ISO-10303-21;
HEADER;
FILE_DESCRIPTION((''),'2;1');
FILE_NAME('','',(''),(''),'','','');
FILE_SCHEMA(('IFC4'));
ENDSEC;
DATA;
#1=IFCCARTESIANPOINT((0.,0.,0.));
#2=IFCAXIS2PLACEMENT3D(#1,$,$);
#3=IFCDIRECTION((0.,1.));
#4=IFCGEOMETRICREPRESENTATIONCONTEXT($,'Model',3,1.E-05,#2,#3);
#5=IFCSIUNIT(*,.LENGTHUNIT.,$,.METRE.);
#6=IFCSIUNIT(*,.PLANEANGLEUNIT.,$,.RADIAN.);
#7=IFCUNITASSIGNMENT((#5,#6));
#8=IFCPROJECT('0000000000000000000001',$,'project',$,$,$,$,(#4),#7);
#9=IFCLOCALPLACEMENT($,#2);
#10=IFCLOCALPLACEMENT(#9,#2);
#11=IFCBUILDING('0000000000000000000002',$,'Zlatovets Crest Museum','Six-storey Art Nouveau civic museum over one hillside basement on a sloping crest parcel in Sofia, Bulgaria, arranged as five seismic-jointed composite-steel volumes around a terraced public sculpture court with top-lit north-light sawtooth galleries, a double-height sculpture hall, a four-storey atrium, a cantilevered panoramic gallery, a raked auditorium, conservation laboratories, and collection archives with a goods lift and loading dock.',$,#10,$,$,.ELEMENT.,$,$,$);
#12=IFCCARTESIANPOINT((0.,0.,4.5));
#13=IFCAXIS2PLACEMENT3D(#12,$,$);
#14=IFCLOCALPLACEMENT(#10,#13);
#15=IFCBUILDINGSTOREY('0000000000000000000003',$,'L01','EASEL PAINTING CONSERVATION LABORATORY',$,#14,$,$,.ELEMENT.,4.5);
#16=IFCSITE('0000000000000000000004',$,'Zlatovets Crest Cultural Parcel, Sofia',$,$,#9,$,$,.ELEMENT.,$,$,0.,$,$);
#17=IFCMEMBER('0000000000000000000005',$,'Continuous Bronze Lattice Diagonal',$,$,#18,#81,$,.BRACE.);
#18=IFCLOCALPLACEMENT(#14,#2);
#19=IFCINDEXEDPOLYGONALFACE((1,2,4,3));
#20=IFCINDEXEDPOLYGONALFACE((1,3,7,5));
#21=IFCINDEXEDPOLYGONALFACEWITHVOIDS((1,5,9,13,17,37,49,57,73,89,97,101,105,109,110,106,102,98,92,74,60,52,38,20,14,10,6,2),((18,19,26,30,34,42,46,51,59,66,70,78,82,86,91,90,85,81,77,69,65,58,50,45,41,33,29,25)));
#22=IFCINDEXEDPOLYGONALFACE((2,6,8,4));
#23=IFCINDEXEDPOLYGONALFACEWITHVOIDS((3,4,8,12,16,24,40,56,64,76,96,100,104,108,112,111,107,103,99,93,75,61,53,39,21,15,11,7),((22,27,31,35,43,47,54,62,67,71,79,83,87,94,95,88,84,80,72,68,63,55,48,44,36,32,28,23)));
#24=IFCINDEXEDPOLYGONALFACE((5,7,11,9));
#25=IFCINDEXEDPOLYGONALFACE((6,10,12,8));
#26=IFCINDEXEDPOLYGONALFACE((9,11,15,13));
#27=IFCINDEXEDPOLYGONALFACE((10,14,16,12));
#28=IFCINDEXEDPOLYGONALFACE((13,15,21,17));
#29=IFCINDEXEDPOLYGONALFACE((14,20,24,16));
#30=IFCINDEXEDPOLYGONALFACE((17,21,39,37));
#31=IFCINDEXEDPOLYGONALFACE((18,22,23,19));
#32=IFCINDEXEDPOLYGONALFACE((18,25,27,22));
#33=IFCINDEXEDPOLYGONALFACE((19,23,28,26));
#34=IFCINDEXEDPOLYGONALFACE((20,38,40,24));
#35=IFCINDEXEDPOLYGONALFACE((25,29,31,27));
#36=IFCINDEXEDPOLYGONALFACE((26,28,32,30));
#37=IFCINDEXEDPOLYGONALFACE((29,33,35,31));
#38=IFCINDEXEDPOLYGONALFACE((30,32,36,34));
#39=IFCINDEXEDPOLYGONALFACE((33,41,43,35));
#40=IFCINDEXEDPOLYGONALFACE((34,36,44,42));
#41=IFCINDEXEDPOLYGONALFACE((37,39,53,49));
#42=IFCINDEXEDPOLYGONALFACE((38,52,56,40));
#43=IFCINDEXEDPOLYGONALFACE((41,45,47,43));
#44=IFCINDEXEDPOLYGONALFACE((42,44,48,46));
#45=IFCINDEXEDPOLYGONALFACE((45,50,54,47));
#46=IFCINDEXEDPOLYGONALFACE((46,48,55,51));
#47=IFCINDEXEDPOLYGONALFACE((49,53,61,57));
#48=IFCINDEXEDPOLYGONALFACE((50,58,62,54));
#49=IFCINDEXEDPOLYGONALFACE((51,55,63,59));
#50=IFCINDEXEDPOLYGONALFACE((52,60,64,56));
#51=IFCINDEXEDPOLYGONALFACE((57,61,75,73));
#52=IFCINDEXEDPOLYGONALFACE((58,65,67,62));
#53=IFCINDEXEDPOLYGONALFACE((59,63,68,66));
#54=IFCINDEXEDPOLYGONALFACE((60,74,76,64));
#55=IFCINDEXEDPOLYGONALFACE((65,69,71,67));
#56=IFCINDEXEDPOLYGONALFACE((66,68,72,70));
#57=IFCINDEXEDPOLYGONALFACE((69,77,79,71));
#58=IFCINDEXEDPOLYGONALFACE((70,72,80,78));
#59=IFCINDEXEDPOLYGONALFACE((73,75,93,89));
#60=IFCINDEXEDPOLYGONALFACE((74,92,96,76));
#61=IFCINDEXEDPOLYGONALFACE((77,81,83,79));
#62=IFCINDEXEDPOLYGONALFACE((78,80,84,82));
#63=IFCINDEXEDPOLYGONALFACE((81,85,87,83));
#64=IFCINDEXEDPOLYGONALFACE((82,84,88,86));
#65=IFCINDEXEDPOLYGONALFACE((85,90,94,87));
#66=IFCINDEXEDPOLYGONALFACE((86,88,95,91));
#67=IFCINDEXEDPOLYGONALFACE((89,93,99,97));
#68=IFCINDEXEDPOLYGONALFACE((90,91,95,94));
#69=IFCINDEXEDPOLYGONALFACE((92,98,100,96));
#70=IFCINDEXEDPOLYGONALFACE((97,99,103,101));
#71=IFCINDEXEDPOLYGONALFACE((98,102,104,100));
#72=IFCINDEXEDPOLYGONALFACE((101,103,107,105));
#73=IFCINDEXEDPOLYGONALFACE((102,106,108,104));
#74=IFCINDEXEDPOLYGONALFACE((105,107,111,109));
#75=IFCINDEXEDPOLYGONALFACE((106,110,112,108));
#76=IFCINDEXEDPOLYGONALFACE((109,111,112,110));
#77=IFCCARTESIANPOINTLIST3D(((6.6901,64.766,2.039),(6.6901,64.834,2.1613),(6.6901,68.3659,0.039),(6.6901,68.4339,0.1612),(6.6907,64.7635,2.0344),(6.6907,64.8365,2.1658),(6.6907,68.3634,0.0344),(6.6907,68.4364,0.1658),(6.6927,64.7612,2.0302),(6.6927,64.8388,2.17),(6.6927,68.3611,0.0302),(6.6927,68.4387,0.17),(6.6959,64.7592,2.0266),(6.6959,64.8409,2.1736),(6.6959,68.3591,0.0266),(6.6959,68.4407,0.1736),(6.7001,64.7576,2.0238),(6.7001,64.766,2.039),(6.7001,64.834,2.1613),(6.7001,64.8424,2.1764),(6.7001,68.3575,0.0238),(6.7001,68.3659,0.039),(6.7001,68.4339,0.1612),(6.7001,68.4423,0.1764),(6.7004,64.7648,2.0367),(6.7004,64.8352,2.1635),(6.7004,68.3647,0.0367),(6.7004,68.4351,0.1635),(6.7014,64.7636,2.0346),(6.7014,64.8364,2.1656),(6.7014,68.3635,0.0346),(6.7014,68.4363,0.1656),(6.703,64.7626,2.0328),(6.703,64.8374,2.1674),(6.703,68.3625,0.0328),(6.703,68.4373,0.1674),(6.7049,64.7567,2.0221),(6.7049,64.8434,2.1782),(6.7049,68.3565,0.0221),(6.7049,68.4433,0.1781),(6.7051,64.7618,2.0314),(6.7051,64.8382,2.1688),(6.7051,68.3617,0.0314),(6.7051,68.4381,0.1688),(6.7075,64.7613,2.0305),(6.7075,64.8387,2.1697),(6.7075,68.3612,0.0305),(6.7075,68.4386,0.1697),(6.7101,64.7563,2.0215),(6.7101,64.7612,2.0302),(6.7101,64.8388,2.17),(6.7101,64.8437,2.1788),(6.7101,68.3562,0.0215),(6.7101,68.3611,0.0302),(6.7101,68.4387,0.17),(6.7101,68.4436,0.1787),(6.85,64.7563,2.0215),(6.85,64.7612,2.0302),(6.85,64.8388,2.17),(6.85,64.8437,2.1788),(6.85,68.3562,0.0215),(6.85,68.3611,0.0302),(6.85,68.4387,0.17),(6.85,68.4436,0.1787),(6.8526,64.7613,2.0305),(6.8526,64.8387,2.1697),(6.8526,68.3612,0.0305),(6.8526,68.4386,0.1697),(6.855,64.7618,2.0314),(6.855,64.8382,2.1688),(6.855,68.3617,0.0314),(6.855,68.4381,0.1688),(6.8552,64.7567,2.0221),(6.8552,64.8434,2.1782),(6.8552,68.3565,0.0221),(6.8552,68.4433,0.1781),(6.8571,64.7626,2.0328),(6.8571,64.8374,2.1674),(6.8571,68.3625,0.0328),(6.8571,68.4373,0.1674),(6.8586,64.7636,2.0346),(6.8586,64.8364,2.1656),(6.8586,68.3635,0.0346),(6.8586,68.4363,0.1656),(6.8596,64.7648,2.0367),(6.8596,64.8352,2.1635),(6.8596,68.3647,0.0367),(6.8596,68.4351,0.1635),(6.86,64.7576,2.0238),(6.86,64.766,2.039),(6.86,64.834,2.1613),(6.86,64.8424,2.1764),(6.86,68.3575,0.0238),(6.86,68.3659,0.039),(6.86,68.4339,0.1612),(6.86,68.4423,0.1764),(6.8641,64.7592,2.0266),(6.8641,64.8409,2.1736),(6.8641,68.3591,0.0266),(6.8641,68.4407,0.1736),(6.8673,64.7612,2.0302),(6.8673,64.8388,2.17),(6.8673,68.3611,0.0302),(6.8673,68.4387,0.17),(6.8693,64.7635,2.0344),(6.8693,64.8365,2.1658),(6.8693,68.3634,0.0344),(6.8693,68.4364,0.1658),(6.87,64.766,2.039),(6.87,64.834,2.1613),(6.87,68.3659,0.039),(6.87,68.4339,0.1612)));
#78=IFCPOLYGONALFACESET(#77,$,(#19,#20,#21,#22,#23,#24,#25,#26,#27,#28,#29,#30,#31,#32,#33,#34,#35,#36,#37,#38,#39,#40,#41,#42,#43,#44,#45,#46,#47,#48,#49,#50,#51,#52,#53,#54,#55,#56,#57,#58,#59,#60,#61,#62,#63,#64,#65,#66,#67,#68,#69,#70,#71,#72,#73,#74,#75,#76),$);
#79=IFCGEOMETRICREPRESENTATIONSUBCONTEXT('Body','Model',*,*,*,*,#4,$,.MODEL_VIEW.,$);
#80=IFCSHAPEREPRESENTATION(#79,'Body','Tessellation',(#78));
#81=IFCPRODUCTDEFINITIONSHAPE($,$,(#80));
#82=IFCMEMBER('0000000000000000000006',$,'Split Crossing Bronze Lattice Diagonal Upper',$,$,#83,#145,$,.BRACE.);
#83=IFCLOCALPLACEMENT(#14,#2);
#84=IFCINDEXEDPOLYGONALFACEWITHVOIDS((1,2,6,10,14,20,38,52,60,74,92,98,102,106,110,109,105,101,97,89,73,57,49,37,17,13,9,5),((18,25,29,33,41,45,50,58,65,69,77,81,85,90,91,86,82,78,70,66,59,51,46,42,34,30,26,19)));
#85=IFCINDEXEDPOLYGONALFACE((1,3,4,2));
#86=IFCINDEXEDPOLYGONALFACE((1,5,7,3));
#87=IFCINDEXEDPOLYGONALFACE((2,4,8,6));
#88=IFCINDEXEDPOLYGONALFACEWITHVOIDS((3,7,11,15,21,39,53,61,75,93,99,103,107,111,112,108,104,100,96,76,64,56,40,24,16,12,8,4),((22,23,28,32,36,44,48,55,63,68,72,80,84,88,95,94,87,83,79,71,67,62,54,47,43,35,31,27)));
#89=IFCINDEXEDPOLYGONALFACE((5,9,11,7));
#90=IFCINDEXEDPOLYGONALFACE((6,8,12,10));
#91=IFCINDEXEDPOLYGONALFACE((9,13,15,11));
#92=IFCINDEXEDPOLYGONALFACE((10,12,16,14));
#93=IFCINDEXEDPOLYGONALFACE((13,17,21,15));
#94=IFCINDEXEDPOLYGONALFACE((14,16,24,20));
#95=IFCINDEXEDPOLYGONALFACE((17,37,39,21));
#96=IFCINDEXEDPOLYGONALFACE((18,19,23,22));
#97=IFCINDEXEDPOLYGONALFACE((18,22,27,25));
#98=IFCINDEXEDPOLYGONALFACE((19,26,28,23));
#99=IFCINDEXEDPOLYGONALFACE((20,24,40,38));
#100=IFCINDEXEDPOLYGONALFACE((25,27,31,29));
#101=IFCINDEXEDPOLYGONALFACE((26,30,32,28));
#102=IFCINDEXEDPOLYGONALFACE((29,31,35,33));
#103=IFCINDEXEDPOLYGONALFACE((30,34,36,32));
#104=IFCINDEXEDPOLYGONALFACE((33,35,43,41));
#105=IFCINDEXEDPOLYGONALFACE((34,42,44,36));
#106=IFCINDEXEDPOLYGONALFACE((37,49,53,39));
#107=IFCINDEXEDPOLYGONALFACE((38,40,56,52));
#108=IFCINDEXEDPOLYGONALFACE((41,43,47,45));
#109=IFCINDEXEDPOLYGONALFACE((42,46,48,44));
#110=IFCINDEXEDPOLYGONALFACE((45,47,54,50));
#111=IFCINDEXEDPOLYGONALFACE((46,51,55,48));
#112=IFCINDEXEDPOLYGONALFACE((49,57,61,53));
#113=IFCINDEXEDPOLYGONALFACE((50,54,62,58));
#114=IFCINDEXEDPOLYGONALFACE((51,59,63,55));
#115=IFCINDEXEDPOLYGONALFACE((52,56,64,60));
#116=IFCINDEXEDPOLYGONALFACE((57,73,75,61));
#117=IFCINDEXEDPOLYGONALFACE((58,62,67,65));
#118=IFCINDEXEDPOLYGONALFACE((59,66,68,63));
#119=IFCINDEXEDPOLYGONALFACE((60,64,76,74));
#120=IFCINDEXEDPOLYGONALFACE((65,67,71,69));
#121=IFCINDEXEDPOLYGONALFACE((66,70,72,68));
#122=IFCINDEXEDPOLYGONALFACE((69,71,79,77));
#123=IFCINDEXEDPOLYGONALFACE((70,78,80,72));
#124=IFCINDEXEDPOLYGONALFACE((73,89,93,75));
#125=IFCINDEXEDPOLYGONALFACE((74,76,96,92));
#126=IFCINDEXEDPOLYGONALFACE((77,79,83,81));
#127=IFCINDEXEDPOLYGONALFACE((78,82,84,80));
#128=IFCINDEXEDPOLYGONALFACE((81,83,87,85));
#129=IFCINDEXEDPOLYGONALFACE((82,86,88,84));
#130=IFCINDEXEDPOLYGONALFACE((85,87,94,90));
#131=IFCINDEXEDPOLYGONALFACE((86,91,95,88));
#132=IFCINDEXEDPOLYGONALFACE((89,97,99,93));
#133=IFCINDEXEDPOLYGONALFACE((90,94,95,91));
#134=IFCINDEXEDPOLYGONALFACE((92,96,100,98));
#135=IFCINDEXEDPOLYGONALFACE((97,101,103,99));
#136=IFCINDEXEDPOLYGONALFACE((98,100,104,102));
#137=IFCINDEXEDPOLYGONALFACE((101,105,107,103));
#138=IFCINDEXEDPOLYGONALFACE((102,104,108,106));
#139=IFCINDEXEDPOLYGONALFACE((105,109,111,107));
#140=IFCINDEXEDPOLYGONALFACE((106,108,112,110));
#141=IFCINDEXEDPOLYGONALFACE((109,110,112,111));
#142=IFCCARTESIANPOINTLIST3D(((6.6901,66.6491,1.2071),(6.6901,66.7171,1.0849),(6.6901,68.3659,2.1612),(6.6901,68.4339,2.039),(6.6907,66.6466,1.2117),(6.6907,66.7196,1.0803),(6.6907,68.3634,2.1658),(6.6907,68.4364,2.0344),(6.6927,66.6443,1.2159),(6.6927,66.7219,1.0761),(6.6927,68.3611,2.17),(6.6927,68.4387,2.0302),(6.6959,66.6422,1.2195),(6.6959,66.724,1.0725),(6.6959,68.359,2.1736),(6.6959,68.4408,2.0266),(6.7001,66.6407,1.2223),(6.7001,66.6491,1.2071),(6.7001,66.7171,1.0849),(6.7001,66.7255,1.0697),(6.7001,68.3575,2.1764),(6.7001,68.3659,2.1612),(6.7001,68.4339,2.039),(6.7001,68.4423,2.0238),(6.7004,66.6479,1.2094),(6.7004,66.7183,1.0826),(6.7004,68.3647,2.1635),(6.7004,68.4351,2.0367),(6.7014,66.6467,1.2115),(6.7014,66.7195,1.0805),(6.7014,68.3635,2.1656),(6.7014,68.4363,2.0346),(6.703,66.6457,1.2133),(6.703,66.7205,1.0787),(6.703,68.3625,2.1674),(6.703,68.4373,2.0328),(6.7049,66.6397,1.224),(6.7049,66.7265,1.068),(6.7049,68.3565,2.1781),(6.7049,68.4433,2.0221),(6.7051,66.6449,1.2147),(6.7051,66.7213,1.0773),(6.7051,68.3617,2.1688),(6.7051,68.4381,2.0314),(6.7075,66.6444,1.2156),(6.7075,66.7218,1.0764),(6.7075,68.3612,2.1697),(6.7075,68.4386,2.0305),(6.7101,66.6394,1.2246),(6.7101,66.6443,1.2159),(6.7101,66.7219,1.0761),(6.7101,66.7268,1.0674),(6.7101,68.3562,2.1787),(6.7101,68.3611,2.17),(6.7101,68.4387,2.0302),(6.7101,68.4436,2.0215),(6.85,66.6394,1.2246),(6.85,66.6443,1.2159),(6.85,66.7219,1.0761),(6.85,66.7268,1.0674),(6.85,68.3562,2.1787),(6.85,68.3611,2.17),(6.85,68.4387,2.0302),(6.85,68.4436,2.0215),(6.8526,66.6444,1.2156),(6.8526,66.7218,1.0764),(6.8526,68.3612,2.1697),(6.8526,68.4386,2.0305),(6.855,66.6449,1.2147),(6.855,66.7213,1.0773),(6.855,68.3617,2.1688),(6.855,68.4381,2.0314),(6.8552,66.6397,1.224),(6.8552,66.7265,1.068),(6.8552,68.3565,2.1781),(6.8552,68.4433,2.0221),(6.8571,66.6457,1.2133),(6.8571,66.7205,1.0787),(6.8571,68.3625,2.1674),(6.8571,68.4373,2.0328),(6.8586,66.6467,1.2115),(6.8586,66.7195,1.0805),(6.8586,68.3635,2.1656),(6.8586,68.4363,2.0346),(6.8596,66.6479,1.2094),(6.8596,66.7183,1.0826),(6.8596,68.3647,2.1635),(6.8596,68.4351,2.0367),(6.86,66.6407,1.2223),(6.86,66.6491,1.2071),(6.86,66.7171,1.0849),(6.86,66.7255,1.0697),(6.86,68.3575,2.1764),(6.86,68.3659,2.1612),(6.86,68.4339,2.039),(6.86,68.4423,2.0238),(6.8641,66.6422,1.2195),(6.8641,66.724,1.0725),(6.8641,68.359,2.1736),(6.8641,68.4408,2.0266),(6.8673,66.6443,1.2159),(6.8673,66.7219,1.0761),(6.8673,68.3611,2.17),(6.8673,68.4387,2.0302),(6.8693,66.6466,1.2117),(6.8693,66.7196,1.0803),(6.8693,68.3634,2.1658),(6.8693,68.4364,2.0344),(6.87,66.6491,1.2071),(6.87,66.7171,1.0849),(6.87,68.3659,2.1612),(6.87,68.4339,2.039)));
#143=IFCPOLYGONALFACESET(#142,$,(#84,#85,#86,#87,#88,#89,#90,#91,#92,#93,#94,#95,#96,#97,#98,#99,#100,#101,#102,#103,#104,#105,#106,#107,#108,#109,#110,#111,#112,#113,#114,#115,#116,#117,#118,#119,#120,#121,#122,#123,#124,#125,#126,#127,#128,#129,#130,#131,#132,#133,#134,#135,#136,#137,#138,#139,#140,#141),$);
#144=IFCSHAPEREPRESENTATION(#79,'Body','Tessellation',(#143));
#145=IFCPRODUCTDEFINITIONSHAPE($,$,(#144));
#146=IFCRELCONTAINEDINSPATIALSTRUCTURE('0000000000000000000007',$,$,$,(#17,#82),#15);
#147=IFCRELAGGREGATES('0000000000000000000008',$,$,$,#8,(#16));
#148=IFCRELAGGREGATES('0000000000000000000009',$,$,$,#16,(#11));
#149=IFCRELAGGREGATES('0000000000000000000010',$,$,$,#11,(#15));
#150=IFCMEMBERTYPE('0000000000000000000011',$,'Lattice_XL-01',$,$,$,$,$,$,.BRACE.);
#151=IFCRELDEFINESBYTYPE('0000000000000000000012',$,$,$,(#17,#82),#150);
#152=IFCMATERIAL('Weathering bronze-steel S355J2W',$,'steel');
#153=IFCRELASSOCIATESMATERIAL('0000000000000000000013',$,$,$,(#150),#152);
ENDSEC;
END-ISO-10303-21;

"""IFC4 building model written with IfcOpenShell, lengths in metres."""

from ifc_helpers import new_model, si_unit, direction, frame, origin, origin_2d, place, context, subcontext, project, spatial, hollow_rectangle, extrude, material, material_profile, profile_set, type_object, element, save


model = new_model("IFC4")

# Units and contexts
model_context = context("Model", 3, precision=1e-05, world=origin(), true_north=direction((0.0, 1.0)))
body_context = subcontext(model_context, "Body", "Model", "MODEL_VIEW")
ifc_project = project(units=[si_unit("LENGTHUNIT", "METRE"), si_unit("PLANEANGLEUNIT", "RADIAN")], contexts=[model_context])

# Site, building, storey
site_placement = place(None, origin())
site = spatial("IfcSite", under=ifc_project, at=site_placement, Name="Zlatovets Crest Cultural Parcel, Sofia", CompositionType="ELEMENT", RefElevation=0.0)
building_placement = place(site_placement, origin())
building = spatial("IfcBuilding", under=site, at=building_placement, Name="Zlatovets Crest Museum", Description="Six-storey Art Nouveau civic museum over one hillside basement on a sloping crest parcel in Sofia, Bulgaria, arranged as five seismic-jointed composite-steel volumes around a terraced public sculpture court with top-lit north-light sawtooth galleries, a double-height sculpture hall, a four-storey atrium, a cantilevered panoramic gallery, a raked auditorium, conservation laboratories, and collection archives with a goods lift and loading dock.", CompositionType="ELEMENT")
storey_placement = place(building_placement, frame((0.0, 0.0, 4.5)))
storey = spatial("IfcBuildingStorey", under=building, at=storey_placement, Name="L01", Description="EASEL PAINTING CONSERVATION LABORATORY", CompositionType="ELEMENT", Elevation=4.5)

# Members
ifc_material_1 = material(Name="Weathering bronze-steel S355J2W", Category="steel")
ifc_material_profile_1 = material_profile(ifc_material_1, hollow_rectangle(XDim=0.1799, YDim=0.1799, WallThickness=0.01, InnerFilletRadius=0.01, OuterFilletRadius=0.02, at=origin_2d()), Name="SHS 180x180x10.0")
ifc_profile_set_1 = profile_set([ifc_material_profile_1], Name="Weathering bronze-steel S355J2W")
member_type_1 = type_object("IfcMemberType", Name="Lattice_XL-01", PredefinedType="BRACE", material=ifc_profile_set_1)
member_1_placement = place(storey_placement, frame((6.78, 68.3999, 0.1001), z_axis=(0.0, -0.874149, 0.485658), x_axis=(1.0, 0.0, 0.0)))
element("IfcMember", 1, at=member_1_placement, inside=storey, type_object=member_type_1, Name="Continuous Bronze Lattice Diagonal", PredefinedType="BRACE", context=body_context, shape_type="SweptSolid", body=[
    extrude(hollow_rectangle(XDim=0.1799, YDim=0.1799, WallThickness=0.01, InnerFilletRadius=0.01, OuterFilletRadius=0.02, at=origin_2d()), origin(), (0.0, 0.0, 1.0), 4.1182),
])
for number, where, z_axis, x_axis, name in (
    (2, (6.78, 68.3999, 2.1001), (0.0, -0.874087, -0.48577), (1.0, 0.0, 0.0), "Split Crossing Bronze Lattice Diagonal Upper"),
):
    element("IfcMember", number, at=place(storey_placement, frame(where, z_axis=z_axis, x_axis=x_axis)), inside=storey, type_object=member_type_1, Name=name, PredefinedType="BRACE", context=body_context, shape_type="SweptSolid", body=[
        extrude(hollow_rectangle(XDim=0.1799, YDim=0.1799, WallThickness=0.01, InnerFilletRadius=0.01, OuterFilletRadius=0.02, at=origin_2d()), origin(), (0.0, 0.0, 1.0), 1.9641),
    ])

save(model, "model.ifc")
